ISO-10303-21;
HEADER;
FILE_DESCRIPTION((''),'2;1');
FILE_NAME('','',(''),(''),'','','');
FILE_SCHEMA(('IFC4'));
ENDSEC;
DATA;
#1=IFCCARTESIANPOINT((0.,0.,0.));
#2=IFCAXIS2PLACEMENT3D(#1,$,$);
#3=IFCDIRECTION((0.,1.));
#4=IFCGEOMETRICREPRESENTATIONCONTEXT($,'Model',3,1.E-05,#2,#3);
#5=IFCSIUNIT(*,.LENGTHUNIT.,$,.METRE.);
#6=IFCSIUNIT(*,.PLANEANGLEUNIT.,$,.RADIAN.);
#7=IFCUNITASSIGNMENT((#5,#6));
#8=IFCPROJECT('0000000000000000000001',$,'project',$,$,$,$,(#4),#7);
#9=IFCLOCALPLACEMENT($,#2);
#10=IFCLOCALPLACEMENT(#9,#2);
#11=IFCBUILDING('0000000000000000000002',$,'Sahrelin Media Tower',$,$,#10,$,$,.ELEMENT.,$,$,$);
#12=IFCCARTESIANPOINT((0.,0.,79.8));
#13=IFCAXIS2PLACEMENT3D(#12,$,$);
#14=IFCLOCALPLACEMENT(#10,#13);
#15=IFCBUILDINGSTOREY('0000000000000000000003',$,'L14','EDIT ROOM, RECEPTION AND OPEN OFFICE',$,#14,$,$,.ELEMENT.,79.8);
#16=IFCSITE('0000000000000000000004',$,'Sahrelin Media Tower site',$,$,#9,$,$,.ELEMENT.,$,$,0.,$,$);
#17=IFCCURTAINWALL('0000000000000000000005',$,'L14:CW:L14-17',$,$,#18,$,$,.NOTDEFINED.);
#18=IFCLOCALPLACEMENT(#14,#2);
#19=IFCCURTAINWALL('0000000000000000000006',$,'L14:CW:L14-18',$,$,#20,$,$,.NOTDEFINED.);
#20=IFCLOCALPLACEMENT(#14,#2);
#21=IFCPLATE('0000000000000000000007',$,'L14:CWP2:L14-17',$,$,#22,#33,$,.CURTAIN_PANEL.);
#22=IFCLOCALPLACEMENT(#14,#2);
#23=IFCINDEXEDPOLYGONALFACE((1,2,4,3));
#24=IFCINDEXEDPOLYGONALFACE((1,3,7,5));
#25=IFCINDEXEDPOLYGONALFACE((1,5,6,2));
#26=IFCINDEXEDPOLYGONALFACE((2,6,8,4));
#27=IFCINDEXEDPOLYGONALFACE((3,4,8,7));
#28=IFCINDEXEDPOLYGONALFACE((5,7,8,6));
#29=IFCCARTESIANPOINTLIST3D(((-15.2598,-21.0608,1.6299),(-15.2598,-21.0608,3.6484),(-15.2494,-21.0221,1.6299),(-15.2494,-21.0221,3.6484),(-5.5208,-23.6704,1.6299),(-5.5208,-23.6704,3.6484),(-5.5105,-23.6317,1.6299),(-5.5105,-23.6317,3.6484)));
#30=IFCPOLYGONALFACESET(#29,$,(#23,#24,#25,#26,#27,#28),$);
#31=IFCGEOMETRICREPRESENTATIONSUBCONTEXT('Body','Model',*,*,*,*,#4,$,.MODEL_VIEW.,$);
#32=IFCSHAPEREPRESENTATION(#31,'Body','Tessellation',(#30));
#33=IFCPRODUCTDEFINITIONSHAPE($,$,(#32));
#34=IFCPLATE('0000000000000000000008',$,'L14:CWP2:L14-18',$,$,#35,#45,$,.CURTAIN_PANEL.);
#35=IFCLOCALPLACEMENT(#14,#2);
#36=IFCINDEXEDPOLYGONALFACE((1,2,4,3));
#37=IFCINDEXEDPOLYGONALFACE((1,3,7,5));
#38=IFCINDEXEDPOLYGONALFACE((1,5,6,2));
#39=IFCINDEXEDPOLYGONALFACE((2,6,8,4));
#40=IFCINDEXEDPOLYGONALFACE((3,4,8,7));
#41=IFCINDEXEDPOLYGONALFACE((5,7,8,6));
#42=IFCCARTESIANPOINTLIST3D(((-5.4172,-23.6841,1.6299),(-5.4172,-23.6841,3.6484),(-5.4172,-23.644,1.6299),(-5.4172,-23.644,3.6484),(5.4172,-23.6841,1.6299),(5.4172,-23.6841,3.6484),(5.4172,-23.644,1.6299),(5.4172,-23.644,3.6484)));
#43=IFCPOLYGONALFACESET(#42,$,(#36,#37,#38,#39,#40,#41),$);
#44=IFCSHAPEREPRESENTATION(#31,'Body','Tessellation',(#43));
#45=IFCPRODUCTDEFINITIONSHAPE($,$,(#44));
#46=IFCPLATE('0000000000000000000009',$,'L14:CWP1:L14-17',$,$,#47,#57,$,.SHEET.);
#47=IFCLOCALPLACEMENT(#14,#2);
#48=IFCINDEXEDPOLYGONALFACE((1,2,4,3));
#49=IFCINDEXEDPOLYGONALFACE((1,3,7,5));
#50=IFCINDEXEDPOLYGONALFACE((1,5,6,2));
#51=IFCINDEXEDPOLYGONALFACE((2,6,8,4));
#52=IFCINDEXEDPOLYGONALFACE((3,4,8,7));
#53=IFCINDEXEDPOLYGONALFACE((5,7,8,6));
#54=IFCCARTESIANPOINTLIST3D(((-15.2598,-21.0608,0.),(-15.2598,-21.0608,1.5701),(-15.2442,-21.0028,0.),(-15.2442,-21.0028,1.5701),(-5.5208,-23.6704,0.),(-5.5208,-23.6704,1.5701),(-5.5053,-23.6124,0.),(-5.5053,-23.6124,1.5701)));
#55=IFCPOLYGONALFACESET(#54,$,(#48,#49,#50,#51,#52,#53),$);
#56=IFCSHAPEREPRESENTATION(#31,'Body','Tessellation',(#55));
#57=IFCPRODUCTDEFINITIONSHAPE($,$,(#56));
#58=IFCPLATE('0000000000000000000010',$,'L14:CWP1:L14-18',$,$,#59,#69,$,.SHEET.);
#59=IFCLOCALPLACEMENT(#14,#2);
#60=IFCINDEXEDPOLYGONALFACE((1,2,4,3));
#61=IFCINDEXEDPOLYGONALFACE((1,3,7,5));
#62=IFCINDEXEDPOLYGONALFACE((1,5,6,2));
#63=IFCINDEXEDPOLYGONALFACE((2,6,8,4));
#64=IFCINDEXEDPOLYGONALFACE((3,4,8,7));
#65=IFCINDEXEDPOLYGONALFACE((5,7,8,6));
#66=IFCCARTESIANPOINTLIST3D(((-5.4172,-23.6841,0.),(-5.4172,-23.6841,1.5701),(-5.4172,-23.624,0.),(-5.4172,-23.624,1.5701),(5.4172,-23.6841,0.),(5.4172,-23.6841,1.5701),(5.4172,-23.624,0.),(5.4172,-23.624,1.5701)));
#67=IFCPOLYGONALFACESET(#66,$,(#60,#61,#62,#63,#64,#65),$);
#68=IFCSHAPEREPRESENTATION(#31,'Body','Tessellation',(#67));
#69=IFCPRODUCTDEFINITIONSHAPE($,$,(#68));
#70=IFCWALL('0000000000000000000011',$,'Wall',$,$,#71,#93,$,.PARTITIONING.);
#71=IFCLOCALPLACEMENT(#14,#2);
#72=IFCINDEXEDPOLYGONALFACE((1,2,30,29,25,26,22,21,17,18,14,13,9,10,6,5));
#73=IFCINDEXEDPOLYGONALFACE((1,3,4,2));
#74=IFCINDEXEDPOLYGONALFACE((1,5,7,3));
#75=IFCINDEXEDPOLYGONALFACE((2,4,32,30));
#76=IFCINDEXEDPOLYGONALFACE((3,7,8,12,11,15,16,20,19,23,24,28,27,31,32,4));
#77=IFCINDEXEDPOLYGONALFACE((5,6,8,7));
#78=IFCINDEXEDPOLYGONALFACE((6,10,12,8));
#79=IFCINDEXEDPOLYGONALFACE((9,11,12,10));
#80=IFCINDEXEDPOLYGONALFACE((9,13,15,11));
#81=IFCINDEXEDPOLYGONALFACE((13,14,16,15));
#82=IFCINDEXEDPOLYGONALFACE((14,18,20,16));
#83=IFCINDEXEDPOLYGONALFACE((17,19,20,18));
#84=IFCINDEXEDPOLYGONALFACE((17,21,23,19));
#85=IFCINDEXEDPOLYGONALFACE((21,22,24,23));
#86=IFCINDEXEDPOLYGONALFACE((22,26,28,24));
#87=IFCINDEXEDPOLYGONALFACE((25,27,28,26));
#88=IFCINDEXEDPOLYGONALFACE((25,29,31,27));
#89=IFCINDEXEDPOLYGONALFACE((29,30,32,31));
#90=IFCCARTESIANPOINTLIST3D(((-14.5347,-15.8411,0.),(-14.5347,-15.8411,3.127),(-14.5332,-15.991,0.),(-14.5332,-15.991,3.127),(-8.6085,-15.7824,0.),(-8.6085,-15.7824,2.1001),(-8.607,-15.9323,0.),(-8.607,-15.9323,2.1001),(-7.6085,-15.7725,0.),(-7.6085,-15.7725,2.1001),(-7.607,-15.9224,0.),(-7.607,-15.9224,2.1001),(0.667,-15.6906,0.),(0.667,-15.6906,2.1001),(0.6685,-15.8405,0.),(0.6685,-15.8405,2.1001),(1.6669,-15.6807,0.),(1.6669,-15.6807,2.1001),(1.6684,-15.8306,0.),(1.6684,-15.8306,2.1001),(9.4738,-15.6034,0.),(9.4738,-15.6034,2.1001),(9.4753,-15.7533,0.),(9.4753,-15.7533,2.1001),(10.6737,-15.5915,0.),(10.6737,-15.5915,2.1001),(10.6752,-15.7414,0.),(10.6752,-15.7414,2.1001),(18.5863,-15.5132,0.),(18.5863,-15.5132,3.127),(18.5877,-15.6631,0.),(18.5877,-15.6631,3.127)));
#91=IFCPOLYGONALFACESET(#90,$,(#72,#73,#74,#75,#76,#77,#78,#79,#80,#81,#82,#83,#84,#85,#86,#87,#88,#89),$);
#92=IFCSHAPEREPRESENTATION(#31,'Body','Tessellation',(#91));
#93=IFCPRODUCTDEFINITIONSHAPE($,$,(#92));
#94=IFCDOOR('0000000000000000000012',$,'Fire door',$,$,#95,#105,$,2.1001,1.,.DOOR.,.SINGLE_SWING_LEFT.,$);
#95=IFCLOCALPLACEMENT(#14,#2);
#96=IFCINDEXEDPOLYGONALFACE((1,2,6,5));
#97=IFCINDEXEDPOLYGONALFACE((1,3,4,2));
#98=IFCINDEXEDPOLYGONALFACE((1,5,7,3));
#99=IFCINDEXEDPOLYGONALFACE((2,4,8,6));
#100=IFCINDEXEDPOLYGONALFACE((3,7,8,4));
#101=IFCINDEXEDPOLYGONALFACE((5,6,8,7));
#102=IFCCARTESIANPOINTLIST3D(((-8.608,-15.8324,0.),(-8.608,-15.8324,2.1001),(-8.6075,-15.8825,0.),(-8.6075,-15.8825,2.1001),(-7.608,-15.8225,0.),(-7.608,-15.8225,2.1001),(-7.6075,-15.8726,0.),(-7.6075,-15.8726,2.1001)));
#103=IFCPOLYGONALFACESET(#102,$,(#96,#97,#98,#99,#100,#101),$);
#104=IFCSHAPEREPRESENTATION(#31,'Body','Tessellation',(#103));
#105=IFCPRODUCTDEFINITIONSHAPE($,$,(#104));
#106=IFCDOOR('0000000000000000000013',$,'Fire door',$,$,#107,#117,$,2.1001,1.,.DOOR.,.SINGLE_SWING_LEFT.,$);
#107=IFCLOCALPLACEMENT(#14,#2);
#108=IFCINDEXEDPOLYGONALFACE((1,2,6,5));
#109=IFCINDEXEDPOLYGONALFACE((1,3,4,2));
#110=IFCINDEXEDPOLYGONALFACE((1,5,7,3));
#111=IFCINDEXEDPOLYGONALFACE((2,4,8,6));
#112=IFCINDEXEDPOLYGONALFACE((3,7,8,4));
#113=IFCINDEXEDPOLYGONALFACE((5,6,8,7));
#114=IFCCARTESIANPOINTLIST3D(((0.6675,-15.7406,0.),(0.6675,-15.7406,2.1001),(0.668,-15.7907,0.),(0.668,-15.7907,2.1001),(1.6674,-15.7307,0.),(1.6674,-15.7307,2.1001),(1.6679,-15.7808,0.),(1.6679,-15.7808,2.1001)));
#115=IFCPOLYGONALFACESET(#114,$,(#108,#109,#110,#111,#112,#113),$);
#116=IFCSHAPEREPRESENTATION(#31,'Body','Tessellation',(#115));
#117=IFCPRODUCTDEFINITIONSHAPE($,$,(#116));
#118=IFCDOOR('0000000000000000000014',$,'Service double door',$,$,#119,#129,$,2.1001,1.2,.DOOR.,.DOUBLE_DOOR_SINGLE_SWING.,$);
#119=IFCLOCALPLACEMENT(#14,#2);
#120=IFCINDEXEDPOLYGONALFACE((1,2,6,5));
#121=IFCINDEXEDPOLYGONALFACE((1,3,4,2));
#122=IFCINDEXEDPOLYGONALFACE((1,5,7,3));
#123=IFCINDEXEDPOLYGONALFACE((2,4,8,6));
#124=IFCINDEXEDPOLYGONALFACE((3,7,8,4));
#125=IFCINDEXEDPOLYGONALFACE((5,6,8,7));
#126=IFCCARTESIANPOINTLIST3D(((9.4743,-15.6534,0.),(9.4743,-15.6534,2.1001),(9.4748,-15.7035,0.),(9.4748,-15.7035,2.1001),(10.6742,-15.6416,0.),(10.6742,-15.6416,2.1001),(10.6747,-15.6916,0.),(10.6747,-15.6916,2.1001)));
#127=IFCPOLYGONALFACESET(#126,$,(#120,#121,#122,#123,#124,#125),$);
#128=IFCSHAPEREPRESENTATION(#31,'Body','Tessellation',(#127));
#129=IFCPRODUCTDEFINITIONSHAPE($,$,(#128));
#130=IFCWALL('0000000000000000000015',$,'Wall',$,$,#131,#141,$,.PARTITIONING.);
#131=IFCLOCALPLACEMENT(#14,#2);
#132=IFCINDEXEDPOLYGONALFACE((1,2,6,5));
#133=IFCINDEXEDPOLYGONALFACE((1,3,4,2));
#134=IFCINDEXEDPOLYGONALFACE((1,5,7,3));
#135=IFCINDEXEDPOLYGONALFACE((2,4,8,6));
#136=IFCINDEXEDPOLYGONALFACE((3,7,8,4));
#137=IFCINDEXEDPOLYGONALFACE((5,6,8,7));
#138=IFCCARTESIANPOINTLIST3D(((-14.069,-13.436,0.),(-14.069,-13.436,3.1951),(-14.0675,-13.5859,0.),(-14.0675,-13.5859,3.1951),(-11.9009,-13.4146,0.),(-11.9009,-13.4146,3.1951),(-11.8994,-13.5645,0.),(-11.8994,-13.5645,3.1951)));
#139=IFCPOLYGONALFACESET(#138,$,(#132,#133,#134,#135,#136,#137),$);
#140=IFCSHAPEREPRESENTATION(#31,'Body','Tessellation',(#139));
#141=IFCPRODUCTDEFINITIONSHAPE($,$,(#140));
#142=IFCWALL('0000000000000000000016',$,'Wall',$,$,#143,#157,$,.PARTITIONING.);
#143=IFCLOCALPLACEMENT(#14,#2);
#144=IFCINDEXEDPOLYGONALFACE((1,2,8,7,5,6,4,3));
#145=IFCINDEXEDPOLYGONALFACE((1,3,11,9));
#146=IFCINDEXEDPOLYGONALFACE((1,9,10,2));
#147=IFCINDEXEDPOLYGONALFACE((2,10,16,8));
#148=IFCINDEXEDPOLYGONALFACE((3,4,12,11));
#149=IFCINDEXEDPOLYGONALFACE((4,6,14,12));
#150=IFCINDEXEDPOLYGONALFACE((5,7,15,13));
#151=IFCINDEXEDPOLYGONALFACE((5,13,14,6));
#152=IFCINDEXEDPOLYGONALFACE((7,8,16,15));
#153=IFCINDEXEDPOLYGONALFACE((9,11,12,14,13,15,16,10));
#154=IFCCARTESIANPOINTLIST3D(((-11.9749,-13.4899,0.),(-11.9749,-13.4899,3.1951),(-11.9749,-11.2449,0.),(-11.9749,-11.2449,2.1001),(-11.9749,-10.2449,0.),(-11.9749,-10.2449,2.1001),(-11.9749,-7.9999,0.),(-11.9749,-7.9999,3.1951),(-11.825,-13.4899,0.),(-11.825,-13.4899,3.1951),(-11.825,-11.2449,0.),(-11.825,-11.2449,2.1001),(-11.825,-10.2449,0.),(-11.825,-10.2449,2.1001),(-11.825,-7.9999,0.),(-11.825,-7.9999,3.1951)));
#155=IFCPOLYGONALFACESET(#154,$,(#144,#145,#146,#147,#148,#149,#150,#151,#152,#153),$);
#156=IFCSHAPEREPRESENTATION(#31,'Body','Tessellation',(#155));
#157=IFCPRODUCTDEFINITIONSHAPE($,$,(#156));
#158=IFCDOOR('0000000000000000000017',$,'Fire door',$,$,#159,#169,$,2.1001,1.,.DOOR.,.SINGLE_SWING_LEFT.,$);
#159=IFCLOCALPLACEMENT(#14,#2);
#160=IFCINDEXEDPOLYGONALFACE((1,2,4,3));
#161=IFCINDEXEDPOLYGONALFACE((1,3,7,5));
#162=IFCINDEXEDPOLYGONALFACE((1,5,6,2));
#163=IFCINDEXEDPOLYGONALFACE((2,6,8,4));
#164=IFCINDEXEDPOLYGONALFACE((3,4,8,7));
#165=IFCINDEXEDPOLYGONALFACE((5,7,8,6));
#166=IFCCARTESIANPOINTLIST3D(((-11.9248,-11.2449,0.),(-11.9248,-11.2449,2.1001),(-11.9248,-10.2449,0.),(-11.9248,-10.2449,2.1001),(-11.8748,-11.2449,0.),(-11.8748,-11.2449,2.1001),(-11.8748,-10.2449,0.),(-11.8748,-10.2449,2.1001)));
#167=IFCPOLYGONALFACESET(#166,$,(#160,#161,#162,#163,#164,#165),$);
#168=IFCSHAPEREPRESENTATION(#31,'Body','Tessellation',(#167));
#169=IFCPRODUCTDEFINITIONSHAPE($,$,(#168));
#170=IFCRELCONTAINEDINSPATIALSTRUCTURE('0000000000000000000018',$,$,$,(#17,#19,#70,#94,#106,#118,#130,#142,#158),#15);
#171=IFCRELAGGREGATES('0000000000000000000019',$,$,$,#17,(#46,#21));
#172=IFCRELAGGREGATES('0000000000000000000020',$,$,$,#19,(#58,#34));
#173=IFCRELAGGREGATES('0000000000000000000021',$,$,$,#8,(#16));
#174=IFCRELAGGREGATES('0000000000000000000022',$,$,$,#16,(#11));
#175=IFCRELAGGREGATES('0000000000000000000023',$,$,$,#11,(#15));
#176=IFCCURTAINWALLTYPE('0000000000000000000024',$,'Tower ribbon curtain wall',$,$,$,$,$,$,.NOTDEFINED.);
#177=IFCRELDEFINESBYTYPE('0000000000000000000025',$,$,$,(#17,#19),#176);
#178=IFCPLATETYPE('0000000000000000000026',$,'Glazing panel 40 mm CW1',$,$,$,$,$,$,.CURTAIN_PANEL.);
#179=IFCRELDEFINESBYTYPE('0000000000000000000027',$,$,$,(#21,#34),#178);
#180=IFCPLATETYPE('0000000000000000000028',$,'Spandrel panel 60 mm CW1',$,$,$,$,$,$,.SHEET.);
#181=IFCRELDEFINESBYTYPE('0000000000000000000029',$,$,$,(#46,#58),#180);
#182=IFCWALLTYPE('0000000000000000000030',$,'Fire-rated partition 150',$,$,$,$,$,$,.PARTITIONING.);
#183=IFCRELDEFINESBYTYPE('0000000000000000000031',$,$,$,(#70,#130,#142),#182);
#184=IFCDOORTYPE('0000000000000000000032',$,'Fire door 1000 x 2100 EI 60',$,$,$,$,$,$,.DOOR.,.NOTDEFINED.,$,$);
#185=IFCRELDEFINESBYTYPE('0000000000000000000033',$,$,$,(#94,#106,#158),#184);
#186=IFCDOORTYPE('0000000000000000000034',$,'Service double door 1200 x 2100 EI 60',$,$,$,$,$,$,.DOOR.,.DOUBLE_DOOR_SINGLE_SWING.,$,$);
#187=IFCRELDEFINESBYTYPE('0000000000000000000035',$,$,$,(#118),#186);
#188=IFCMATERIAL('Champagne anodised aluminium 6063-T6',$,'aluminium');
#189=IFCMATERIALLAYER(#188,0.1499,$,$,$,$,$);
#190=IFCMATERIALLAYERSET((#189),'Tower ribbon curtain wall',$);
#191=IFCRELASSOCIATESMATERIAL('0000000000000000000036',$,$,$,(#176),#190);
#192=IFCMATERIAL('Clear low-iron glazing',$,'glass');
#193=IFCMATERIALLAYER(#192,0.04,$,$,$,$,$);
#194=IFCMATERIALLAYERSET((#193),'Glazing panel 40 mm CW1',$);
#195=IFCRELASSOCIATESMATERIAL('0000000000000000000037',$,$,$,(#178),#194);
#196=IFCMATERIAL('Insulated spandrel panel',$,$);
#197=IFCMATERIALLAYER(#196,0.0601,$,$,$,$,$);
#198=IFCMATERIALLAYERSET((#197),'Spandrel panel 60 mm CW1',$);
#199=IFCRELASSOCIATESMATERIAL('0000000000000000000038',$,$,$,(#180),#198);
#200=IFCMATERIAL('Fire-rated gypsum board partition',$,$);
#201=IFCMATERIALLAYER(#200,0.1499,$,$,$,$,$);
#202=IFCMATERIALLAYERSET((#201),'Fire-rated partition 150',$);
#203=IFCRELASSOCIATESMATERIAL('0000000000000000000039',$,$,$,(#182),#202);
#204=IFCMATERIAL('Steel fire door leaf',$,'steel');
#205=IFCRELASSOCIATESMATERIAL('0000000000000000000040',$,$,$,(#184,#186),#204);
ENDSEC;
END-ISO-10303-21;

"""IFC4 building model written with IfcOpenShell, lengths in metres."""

from ifc_helpers import new_model, si_unit, direction, frame, frame_2d, origin, place, context, subcontext, project, spatial, polyline, rectangle, outline, extrude, material, layer, layer_set, type_object, element, fill, aggregate, save


model = new_model("IFC4")

# Units and contexts
model_context = context("Model", 3, precision=1e-05, world=origin(), true_north=direction((0.0, 1.0)))
body_context = subcontext(model_context, "Body", "Model", "MODEL_VIEW")
ifc_project = project(units=[si_unit("LENGTHUNIT", "METRE"), si_unit("PLANEANGLEUNIT", "RADIAN")], contexts=[model_context])

# Site, building, storey
site_placement = place(None, origin())
site = spatial("IfcSite", under=ifc_project, at=site_placement, Name="Sahrelin Media Tower site", CompositionType="ELEMENT", RefElevation=0.0)
building_placement = place(site_placement, origin())
building = spatial("IfcBuilding", under=site, at=building_placement, Name="Sahrelin Media Tower", CompositionType="ELEMENT")
storey_placement = place(building_placement, frame((0.0, 0.0, 79.8)))
storey = spatial("IfcBuildingStorey", under=building, at=storey_placement, Name="L14", Description="EDIT ROOM, RECEPTION AND OPEN OFFICE", CompositionType="ELEMENT", Elevation=79.8)

# Curtain wall
ifc_material_1 = material(Name="Champagne anodised aluminium 6063-T6", Category="aluminium")
ifc_layer_1 = layer(ifc_material_1, 0.1499)
ifc_layer_set_1 = layer_set([ifc_layer_1], Name="Tower ribbon curtain wall")
curtain_wall_type = type_object("IfcCurtainWallType", Name="Tower ribbon curtain wall", PredefinedType="NOTDEFINED", material=ifc_layer_set_1)
curtain_wall_1_placement = place(storey_placement, frame((-10.385, -22.3464, 0.0), z_axis=(0.0, 0.0, 1.0), x_axis=(1.0, 0.0, 0.0)))
curtain_wall_1 = element("IfcCurtainWall", 1, at=curtain_wall_1_placement, inside=storey, type_object=curtain_wall_type, Name="L14:CW:L14-17", PredefinedType="NOTDEFINED")

# Curtain wall
curtain_wall_2_placement = place(storey_placement, frame((0.0, -23.6641, 0.0), z_axis=(0.0, 0.0, 1.0), x_axis=(1.0, 0.0, 0.0)))
curtain_wall_2 = element("IfcCurtainWall", 2, at=curtain_wall_2_placement, inside=storey, type_object=curtain_wall_type, Name="L14:CW:L14-18", PredefinedType="NOTDEFINED")

# Plates
ifc_material_2 = material(Name="Clear low-iron glazing", Category="glass")
ifc_layer_2 = layer(ifc_material_2, 0.04)
ifc_layer_set_2 = layer_set([ifc_layer_2], Name="Glazing panel 40 mm CW1")
plate_type_1 = type_object("IfcPlateType", Name="Glazing panel 40 mm CW1", PredefinedType="CURTAIN_PANEL", material=ifc_layer_set_2)
plate_1_placement = place(storey_placement, frame((-15.2598, -21.0608, 1.6299), z_axis=(-0.258824, -0.965924, 0.0), x_axis=(0.965924, -0.258824, 0.0)))
plate_1 = element("IfcPlate", 3, at=plate_1_placement, type_object=plate_type_1, Name="L14:CWP2:L14-17", PredefinedType="CURTAIN_PANEL", context=body_context, shape_type="SweptSolid", body=[
    extrude(outline(polyline([(0.0, 0.0), (10.0825, 0.0), (10.0825, 2.0186), (0.0, 2.0186), (0.0, 0.0)])), origin(), (0.0, 0.0, -1.0), 0.04),
])
plate_2_placement = place(storey_placement, frame((-5.4172, -23.6841, 1.6299), z_axis=(0.0, -1.0, 0.0), x_axis=(1.0, 0.0, 0.0)))
plate_2 = element("IfcPlate", 4, at=plate_2_placement, type_object=plate_type_1, Name="L14:CWP2:L14-18", PredefinedType="CURTAIN_PANEL", context=body_context, shape_type="SweptSolid", body=[
    extrude(outline(polyline([(0.0, 0.0), (10.8345, 0.0), (10.8345, 2.0186), (0.0, 2.0186), (0.0, 0.0)])), origin(), (0.0, 0.0, -1.0), 0.04),
])
ifc_material_3 = material(Name="Insulated spandrel panel")
ifc_layer_3 = layer(ifc_material_3, 0.0601)
ifc_layer_set_3 = layer_set([ifc_layer_3], Name="Spandrel panel 60 mm CW1")
plate_type_2 = type_object("IfcPlateType", Name="Spandrel panel 60 mm CW1", PredefinedType="SHEET", material=ifc_layer_set_3)
plate_3_placement = place(storey_placement, frame((-15.2598, -21.0608, 0.0), z_axis=(-0.258824, -0.965924, 0.0), x_axis=(0.965924, -0.258824, 0.0)))
plate_3 = element("IfcPlate", 5, at=plate_3_placement, type_object=plate_type_2, Name="L14:CWP1:L14-17", PredefinedType="SHEET", context=body_context, shape_type="SweptSolid", body=[
    extrude(outline(polyline([(0.0, 0.0), (10.0825, 0.0), (10.0825, 1.5701), (0.0, 1.5701), (0.0, 0.0)])), origin(), (0.0, 0.0, -1.0), 0.0601),
])
aggregate(curtain_wall_1, [plate_3, plate_1])
plate_4_placement = place(storey_placement, frame((-5.4172, -23.6841, 0.0), z_axis=(0.0, -1.0, 0.0), x_axis=(1.0, 0.0, 0.0)))
plate_4 = element("IfcPlate", 6, at=plate_4_placement, type_object=plate_type_2, Name="L14:CWP1:L14-18", PredefinedType="SHEET", context=body_context, shape_type="SweptSolid", body=[
    extrude(outline(polyline([(0.0, 0.0), (10.8345, 0.0), (10.8345, 1.5701), (0.0, 1.5701), (0.0, 0.0)])), origin(), (0.0, 0.0, -1.0), 0.0601),
])
aggregate(curtain_wall_2, [plate_4, plate_2])

# Wall, openings, doors
ifc_material_4 = material(Name="Fire-rated gypsum board partition")
ifc_layer_4 = layer(ifc_material_4, 0.1499)
ifc_layer_set_4 = layer_set([ifc_layer_4], Name="Fire-rated partition 150")
wall_type_1 = type_object("IfcWallType", Name="Fire-rated partition 150", PredefinedType="PARTITIONING", material=ifc_layer_set_4)
wall_1_placement = place(storey_placement, frame((-14.5339, -15.916, 0.0), z_axis=(0.0, 0.0, 1.0), x_axis=(0.999951, 0.009899, 0.0)))
wall_1 = element("IfcWall", 7, at=wall_1_placement, inside=storey, type_object=wall_type_1, Name="Wall", PredefinedType="PARTITIONING", context=body_context, shape_type="SweptSolid", body=[
    extrude(rectangle(XDim=33.1226, YDim=0.1499, at=frame_2d((16.5613, 0.0))), origin(), (0.0, 0.0, 1.0), 3.127),
])
opening_1_placement = place(wall_1_placement, frame((5.9265, 0.0, 0.0)))
opening_1 = element("IfcOpeningElement", 8, at=opening_1_placement, cuts=wall_1, PredefinedType="OPENING", context=body_context, shape_type="SweptSolid", body=[
    extrude(rectangle(XDim=1.0, YDim=2.1001, at=frame_2d((0.5, 1.05))), frame((0.0, 0.075, 0.0), z_axis=(0.0, -1.0, 0.0), x_axis=(1.0, 0.0, 0.0)), (0.0, 0.0, 1.0), 0.1499),
])
opening_2_placement = place(wall_1_placement, frame((15.2024, 0.0, 0.0)))
opening_2 = element("IfcOpeningElement", 9, at=opening_2_placement, cuts=wall_1, PredefinedType="OPENING", context=body_context, shape_type="SweptSolid", body=[
    extrude(rectangle(XDim=1.0, YDim=2.1001, at=frame_2d((0.5, 1.05))), frame((0.0, 0.075, 0.0), z_axis=(0.0, -1.0, 0.0), x_axis=(1.0, 0.0, 0.0)), (0.0, 0.0, 1.0), 0.1499),
])
opening_3_placement = place(wall_1_placement, frame((24.0095, 0.0, 0.0)))
opening_3 = element("IfcOpeningElement", 10, at=opening_3_placement, cuts=wall_1, PredefinedType="OPENING", context=body_context, shape_type="SweptSolid", body=[
    extrude(rectangle(XDim=1.2, YDim=2.1001, at=frame_2d((0.6001, 1.05))), frame((0.0, 0.075, 0.0), z_axis=(0.0, -1.0, 0.0), x_axis=(1.0, 0.0, 0.0)), (0.0, 0.0, 1.0), 0.1499),
])
ifc_material_5 = material(Name="Steel fire door leaf", Category="steel")
door_type_1 = type_object("IfcDoorType", Name="Fire door 1000 x 2100 EI 60", OperationType="NOTDEFINED", PredefinedType="DOOR", material=ifc_material_5)
door_1_placement = place(opening_1_placement, origin())
door_1 = element("IfcDoor", 11, at=door_1_placement, inside=storey, type_object=door_type_1, Name="Fire door", OperationType="SINGLE_SWING_LEFT", OverallHeight=2.1001, OverallWidth=1.0, PredefinedType="DOOR", context=body_context, shape_type="SweptSolid", body=[
    extrude(rectangle(XDim=1.0, YDim=2.1001, at=frame_2d((0.5, 1.05))), frame((0.0, 0.0249, 0.0), z_axis=(0.0, -1.0, 0.0), x_axis=(1.0, 0.0, 0.0)), (0.0, 0.0, 1.0), 0.05),
])
fill(opening_1, door_1)
door_2_placement = place(opening_2_placement, origin())
door_2 = element("IfcDoor", 12, at=door_2_placement, inside=storey, type_object=door_type_1, Name="Fire door", OperationType="SINGLE_SWING_LEFT", OverallHeight=2.1001, OverallWidth=1.0, PredefinedType="DOOR", context=body_context, shape_type="SweptSolid", body=[
    extrude(rectangle(XDim=1.0, YDim=2.1001, at=frame_2d((0.5, 1.05))), frame((0.0, 0.0249, 0.0), z_axis=(0.0, -1.0, 0.0), x_axis=(1.0, 0.0, 0.0)), (0.0, 0.0, 1.0), 0.05),
])
fill(opening_2, door_2)
door_type_2 = type_object("IfcDoorType", Name="Service double door 1200 x 2100 EI 60", OperationType="DOUBLE_DOOR_SINGLE_SWING", PredefinedType="DOOR", material=ifc_material_5)
door_3_placement = place(opening_3_placement, origin())
door_3 = element("IfcDoor", 13, at=door_3_placement, inside=storey, type_object=door_type_2, Name="Service double door", OperationType="DOUBLE_DOOR_SINGLE_SWING", OverallHeight=2.1001, OverallWidth=1.2, PredefinedType="DOOR", context=body_context, shape_type="SweptSolid", body=[
    extrude(rectangle(XDim=1.2, YDim=2.1001, at=frame_2d((0.6001, 1.05))), frame((0.0, 0.0249, 0.0), z_axis=(0.0, -1.0, 0.0), x_axis=(1.0, 0.0, 0.0)), (0.0, 0.0, 1.0), 0.05),
])
fill(opening_3, door_3)

# Wall
wall_2_placement = place(storey_placement, frame((-14.0681, -13.511, 0.0), z_axis=(0.0, 0.0, 1.0), x_axis=(0.999951, 0.009908, 0.0)))
element("IfcWall", 14, at=wall_2_placement, inside=storey, type_object=wall_type_1, Name="Wall", PredefinedType="PARTITIONING", context=body_context, shape_type="SweptSolid", body=[
    extrude(rectangle(XDim=2.1682, YDim=0.1499, at=frame_2d((1.084, 0.0))), origin(), (0.0, 0.0, 1.0), 3.1951),
])

# Wall, opening, door
wall_3_placement = place(storey_placement, frame((-11.8999, -13.49, 0.0), z_axis=(0.0, 0.0, 1.0), x_axis=(0.0, 1.0, 0.0)))
wall_3 = element("IfcWall", 15, at=wall_3_placement, inside=storey, type_object=wall_type_1, Name="Wall", PredefinedType="PARTITIONING", context=body_context, shape_type="SweptSolid", body=[
    extrude(rectangle(XDim=5.49, YDim=0.1499, at=frame_2d((2.7451, 0.0))), origin(), (0.0, 0.0, 1.0), 3.1951),
])
opening_4_placement = place(wall_3_placement, frame((2.2451, 0.0, 0.0)))
opening_4 = element("IfcOpeningElement", 16, at=opening_4_placement, cuts=wall_3, PredefinedType="OPENING", context=body_context, shape_type="SweptSolid", body=[
    extrude(rectangle(XDim=1.0, YDim=2.1001, at=frame_2d((0.5, 1.05))), frame((0.0, 0.075, 0.0), z_axis=(0.0, -1.0, 0.0), x_axis=(1.0, 0.0, 0.0)), (0.0, 0.0, 1.0), 0.1499),
])
door_4_placement = place(opening_4_placement, origin())
door_4 = element("IfcDoor", 17, at=door_4_placement, inside=storey, type_object=door_type_1, Name="Fire door", OperationType="SINGLE_SWING_LEFT", OverallHeight=2.1001, OverallWidth=1.0, PredefinedType="DOOR", context=body_context, shape_type="SweptSolid", body=[
    extrude(rectangle(XDim=1.0, YDim=2.1001, at=frame_2d((0.5, 1.05))), frame((0.0, 0.0249, 0.0), z_axis=(0.0, -1.0, 0.0), x_axis=(1.0, 0.0, 0.0)), (0.0, 0.0, 1.0), 0.05),
])
fill(opening_4, door_4)

save(model, "model.ifc")
